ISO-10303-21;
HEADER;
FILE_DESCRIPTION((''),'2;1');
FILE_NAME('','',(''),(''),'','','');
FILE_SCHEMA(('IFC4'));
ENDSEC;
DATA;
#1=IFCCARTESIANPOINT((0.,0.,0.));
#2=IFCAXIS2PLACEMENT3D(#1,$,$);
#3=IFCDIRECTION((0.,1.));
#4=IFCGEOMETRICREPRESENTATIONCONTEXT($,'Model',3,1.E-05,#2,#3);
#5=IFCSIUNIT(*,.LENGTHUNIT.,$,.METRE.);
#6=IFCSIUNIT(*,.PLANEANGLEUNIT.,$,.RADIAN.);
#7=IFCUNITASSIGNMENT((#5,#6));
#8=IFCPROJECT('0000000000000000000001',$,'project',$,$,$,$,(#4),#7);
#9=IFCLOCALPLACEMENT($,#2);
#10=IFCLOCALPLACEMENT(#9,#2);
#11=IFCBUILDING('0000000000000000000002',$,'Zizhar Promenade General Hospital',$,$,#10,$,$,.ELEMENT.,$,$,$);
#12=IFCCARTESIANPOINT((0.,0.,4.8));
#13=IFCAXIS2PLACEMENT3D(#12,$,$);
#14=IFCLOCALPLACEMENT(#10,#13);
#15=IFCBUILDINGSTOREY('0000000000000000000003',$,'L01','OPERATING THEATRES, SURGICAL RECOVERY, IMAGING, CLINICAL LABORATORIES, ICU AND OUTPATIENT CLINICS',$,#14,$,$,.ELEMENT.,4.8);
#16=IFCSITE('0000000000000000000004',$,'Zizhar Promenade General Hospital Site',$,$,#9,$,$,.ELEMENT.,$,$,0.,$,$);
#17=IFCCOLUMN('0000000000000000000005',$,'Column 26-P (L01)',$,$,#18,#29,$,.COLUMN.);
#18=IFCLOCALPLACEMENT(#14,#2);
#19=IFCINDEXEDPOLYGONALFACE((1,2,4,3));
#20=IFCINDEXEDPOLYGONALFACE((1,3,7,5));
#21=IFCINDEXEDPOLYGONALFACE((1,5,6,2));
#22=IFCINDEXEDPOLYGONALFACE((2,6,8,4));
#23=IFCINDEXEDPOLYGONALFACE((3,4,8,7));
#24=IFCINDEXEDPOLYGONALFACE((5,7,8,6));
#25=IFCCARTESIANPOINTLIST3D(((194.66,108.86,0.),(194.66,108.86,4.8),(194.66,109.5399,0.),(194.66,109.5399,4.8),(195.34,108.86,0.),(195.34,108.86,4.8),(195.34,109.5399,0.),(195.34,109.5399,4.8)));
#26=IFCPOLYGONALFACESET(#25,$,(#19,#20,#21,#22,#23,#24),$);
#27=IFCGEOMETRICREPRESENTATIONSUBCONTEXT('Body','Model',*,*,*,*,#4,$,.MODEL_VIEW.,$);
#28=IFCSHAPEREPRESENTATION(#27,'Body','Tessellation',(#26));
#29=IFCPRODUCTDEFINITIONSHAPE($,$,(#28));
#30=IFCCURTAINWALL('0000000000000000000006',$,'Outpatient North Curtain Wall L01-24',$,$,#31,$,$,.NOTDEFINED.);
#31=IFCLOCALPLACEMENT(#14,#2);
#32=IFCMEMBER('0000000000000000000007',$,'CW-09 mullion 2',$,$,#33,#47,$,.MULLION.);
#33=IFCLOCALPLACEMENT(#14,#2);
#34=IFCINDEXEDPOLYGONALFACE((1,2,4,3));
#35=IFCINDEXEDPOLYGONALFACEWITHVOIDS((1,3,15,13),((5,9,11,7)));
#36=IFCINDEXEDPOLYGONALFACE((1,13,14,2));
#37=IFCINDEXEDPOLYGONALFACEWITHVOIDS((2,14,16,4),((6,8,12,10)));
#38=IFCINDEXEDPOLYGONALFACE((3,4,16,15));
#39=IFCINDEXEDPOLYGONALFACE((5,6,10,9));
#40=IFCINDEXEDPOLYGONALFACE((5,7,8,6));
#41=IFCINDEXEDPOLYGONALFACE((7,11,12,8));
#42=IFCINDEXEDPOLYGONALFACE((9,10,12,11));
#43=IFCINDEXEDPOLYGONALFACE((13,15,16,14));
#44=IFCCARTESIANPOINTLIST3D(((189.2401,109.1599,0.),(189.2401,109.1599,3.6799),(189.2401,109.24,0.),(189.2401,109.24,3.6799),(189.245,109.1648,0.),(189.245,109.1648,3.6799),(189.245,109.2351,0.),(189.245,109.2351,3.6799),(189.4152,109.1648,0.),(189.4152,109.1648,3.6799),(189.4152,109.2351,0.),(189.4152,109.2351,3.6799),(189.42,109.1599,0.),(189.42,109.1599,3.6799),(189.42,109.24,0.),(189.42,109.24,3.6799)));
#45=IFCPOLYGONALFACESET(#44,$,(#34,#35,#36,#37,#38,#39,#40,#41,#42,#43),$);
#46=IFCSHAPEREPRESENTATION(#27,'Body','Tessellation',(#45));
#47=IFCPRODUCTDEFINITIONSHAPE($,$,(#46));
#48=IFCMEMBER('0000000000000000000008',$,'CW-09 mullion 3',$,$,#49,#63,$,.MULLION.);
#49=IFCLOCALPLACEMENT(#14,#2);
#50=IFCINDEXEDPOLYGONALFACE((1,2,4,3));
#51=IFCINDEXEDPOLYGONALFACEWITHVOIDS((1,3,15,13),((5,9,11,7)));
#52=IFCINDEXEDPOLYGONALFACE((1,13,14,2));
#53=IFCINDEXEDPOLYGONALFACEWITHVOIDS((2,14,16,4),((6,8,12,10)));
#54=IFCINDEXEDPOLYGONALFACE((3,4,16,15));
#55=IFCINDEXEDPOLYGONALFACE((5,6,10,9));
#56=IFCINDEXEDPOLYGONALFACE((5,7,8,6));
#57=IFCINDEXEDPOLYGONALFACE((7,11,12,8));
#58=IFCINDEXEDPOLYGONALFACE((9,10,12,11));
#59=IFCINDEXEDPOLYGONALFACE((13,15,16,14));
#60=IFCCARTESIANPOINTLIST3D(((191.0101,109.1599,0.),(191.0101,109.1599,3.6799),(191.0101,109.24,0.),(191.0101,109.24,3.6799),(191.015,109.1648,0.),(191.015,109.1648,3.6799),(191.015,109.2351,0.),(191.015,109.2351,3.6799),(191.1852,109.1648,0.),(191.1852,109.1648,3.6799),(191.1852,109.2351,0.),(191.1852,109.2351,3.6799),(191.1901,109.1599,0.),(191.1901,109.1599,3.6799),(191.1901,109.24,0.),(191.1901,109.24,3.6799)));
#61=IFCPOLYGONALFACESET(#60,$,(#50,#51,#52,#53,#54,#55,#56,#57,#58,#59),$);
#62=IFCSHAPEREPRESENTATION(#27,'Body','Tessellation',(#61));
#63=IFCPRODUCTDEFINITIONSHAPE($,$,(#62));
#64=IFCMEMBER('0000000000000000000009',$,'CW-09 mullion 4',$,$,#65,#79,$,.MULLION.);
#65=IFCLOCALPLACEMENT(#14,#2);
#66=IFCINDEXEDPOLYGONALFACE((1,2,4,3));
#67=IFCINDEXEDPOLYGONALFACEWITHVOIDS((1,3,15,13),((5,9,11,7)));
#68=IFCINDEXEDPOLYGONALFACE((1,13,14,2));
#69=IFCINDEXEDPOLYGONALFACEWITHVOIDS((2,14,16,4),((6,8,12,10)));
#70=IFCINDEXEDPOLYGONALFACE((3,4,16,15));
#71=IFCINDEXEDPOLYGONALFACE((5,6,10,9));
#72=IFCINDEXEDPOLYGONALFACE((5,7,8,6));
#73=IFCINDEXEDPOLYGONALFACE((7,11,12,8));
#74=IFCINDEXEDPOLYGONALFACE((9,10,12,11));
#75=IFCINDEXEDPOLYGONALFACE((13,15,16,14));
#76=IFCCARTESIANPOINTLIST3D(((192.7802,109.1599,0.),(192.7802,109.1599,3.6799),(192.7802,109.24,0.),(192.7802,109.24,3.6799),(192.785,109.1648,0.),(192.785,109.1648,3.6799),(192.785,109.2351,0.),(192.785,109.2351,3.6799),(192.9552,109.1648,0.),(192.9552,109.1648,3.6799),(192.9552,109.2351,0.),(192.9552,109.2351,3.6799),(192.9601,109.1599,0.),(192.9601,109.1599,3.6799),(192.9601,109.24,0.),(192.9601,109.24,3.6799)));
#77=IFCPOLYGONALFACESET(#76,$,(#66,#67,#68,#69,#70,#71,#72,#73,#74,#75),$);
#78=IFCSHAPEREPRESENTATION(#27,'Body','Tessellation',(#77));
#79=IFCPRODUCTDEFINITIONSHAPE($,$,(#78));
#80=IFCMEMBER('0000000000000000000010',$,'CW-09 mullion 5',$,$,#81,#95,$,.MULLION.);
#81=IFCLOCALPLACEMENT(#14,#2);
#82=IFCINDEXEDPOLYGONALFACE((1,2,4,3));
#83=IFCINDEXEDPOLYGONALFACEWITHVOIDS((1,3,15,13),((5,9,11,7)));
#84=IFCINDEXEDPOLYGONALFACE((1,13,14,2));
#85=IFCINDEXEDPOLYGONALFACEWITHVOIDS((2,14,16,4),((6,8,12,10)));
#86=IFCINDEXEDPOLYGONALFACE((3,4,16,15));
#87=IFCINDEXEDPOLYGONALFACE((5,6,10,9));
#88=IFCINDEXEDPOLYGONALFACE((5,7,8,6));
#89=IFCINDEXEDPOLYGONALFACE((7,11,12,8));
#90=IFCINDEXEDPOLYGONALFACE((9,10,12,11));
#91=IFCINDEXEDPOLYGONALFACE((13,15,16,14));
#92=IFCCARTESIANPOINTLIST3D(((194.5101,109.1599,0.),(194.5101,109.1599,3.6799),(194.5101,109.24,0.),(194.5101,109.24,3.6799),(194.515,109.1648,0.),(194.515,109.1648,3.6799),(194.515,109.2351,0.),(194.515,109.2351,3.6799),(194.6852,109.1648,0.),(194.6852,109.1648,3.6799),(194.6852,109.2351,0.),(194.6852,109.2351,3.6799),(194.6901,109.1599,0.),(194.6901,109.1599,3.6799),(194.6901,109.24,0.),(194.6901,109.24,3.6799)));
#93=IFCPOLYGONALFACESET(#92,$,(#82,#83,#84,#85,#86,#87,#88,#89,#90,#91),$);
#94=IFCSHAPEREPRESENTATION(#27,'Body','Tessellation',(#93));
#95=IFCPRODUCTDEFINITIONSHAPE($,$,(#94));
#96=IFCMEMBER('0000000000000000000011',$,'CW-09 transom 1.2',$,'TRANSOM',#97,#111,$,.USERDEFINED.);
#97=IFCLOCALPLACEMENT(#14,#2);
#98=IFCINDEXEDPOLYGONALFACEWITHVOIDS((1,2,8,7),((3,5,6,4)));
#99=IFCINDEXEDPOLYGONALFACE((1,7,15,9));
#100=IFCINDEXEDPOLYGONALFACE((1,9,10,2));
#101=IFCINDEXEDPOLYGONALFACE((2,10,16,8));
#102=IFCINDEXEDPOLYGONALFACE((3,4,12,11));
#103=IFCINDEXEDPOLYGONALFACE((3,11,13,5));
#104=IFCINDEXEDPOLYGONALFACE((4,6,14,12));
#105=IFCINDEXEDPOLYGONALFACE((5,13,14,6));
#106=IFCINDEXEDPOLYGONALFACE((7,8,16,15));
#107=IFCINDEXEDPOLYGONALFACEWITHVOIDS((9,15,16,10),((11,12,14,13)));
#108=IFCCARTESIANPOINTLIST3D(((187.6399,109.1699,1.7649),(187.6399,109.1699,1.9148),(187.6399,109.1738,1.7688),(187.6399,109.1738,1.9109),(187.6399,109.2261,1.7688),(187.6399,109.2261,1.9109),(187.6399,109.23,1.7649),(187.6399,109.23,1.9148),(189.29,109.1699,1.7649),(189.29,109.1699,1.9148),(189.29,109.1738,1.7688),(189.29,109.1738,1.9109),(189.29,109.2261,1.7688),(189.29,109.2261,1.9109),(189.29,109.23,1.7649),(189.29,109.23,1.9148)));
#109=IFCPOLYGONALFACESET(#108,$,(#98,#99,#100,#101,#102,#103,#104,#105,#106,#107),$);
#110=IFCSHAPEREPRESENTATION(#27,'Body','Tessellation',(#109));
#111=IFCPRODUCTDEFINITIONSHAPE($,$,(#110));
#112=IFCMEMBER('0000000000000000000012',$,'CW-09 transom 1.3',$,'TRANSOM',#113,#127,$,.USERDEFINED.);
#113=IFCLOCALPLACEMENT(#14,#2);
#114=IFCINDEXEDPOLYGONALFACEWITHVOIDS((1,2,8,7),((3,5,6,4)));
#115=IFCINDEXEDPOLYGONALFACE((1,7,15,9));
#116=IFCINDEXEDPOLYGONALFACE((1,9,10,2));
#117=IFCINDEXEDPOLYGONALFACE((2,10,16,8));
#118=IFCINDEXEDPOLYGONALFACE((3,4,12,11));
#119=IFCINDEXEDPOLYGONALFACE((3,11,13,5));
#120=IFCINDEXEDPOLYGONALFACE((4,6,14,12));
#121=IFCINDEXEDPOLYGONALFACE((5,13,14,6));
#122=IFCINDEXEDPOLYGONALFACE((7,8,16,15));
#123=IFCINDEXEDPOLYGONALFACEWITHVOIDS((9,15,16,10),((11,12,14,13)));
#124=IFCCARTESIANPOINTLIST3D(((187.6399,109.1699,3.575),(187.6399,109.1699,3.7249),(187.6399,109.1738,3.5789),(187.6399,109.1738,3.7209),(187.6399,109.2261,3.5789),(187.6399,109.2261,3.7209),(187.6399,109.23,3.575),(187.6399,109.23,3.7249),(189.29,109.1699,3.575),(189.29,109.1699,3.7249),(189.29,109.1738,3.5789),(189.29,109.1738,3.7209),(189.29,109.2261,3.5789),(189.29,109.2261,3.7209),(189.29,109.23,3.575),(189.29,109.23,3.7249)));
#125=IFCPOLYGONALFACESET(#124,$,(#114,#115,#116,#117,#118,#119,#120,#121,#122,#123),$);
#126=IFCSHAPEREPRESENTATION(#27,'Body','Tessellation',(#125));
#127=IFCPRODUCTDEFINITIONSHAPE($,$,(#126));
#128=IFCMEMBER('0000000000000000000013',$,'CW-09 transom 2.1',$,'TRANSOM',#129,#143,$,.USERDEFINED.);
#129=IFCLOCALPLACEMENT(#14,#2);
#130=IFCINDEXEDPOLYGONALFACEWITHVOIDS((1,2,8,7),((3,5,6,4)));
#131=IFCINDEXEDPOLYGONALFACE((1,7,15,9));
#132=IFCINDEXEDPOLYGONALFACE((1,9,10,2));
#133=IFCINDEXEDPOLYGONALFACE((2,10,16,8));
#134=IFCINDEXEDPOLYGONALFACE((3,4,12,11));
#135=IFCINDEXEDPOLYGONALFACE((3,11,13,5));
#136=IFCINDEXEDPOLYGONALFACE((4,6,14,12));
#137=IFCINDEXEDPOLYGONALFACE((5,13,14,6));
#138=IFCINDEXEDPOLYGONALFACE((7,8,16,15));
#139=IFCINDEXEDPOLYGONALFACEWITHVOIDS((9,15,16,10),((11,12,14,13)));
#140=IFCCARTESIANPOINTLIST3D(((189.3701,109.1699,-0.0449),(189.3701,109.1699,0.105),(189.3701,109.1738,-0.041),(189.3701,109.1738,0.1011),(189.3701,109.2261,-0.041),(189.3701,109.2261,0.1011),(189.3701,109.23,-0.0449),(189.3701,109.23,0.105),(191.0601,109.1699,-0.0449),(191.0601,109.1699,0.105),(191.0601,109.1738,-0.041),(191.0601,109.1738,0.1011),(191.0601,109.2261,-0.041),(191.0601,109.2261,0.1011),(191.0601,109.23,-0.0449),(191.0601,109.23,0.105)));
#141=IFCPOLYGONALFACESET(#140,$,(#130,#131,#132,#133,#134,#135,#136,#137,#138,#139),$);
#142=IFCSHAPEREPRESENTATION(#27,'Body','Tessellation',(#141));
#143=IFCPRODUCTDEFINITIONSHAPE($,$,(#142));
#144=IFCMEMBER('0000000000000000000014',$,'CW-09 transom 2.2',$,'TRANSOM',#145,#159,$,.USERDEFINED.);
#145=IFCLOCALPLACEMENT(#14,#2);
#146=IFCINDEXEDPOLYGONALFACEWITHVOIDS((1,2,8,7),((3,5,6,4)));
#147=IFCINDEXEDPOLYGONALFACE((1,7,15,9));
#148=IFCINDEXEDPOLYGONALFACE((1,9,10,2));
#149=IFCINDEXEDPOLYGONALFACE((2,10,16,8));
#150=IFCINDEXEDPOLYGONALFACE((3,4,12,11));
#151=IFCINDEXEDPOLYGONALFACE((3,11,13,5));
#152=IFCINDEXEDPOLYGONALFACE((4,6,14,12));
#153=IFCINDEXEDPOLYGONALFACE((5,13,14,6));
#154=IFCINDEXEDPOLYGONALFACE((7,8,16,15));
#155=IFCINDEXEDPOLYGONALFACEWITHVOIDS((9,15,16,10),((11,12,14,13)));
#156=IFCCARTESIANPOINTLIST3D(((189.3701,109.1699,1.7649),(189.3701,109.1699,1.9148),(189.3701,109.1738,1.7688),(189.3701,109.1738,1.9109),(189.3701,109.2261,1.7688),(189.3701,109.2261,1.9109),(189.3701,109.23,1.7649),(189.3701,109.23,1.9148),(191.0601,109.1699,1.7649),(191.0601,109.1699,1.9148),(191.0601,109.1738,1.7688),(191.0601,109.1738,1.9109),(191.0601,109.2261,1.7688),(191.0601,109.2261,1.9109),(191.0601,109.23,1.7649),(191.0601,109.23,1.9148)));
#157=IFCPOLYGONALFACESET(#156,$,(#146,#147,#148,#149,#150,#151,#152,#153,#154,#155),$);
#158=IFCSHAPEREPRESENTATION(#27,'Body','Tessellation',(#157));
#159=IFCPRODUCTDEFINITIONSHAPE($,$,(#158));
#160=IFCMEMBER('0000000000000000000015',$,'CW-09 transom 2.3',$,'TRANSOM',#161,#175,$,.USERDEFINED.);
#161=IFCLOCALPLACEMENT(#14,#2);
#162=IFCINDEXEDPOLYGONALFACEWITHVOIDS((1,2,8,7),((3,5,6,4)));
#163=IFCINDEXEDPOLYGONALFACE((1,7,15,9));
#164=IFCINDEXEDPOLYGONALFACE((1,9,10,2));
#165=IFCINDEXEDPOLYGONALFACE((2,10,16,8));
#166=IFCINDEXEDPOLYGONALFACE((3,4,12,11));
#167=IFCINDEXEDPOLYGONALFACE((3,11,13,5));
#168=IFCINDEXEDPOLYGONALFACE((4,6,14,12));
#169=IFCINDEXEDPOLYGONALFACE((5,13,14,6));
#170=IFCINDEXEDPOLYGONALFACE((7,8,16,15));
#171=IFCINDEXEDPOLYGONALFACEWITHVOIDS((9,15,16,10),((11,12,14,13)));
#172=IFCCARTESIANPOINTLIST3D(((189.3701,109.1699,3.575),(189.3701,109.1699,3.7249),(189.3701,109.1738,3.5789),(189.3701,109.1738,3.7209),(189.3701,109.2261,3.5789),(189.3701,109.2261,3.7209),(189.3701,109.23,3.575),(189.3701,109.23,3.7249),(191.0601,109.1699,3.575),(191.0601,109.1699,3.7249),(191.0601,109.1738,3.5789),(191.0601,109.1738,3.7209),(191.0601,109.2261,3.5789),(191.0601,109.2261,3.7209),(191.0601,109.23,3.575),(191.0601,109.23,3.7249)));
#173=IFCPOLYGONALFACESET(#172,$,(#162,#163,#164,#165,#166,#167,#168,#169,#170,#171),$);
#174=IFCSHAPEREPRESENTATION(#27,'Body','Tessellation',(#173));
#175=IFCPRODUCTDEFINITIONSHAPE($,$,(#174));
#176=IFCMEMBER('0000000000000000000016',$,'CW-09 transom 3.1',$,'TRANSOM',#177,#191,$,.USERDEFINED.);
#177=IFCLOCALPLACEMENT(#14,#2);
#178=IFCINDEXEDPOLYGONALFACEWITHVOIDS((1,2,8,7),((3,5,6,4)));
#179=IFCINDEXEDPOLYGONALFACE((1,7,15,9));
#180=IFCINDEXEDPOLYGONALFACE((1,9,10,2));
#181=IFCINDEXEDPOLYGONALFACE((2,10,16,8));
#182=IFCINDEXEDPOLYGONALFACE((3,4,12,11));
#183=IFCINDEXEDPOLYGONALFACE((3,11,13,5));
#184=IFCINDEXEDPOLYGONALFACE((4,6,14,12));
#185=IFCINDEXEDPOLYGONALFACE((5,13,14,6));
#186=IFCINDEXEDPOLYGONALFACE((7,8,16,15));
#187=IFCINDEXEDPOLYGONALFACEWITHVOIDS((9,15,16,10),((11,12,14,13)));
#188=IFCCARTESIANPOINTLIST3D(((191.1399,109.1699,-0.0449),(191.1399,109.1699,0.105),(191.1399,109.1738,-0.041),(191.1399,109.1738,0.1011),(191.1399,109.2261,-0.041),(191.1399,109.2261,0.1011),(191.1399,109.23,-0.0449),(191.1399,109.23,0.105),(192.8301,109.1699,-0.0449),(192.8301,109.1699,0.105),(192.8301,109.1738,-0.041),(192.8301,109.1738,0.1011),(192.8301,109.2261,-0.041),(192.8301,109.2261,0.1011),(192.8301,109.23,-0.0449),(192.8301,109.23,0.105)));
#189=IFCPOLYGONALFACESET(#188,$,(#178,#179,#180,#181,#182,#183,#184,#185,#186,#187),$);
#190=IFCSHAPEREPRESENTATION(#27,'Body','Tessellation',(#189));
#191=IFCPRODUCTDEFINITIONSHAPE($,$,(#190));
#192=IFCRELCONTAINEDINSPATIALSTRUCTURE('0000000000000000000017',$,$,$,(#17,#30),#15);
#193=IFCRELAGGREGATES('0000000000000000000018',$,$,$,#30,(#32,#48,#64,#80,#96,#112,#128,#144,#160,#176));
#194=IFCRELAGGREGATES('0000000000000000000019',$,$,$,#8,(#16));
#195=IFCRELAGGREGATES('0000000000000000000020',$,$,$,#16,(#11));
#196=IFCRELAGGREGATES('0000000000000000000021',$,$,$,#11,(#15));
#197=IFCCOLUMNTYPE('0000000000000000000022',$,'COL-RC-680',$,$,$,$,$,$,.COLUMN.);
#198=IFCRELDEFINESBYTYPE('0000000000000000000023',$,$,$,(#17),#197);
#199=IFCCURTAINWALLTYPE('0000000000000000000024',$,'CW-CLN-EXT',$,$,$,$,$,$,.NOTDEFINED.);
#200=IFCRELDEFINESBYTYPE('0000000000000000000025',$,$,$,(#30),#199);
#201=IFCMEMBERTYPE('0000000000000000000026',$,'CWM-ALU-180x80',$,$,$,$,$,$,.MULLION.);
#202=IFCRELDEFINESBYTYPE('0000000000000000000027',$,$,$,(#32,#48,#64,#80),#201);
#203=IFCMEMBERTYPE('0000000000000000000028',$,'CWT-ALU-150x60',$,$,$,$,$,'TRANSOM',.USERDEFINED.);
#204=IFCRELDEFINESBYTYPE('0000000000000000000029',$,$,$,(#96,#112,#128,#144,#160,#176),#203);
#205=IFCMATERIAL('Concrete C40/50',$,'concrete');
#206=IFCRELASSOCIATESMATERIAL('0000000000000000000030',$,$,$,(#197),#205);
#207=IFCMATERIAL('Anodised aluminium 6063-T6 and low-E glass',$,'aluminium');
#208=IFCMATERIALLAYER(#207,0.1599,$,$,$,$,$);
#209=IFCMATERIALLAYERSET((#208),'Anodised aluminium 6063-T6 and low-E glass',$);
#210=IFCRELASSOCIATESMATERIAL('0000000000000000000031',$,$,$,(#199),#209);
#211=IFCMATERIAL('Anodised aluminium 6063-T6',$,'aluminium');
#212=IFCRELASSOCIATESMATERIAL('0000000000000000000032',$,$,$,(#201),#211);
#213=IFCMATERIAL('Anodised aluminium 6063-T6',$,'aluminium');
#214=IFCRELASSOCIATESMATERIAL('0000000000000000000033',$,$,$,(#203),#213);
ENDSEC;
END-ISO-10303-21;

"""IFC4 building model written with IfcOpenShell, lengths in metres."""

from ifc_helpers import new_model, si_unit, direction, frame, origin, origin_2d, place, context, subcontext, project, spatial, rectangle, hollow_rectangle, extrude, material, layer, layer_set, material_profile, profile_set, type_object, element, aggregate, save


model = new_model("IFC4")

# Units and contexts
model_context = context("Model", 3, precision=1e-05, world=origin(), true_north=direction((0.0, 1.0)))
body_context = subcontext(model_context, "Body", "Model", "MODEL_VIEW")
ifc_project = project(units=[si_unit("LENGTHUNIT", "METRE"), si_unit("PLANEANGLEUNIT", "RADIAN")], contexts=[model_context])

# Site, building, storey
site_placement = place(None, origin())
site = spatial("IfcSite", under=ifc_project, at=site_placement, Name="Zizhar Promenade General Hospital Site", CompositionType="ELEMENT", RefElevation=0.0)
building_placement = place(site_placement, origin())
building = spatial("IfcBuilding", under=site, at=building_placement, Name="Zizhar Promenade General Hospital", CompositionType="ELEMENT")
storey_placement = place(building_placement, frame((0.0, 0.0, 4.8)))
storey = spatial("IfcBuildingStorey", under=building, at=storey_placement, Name="L01", Description="OPERATING THEATRES, SURGICAL RECOVERY, IMAGING, CLINICAL LABORATORIES, ICU AND OUTPATIENT CLINICS", CompositionType="ELEMENT", Elevation=4.8)

# Column
ifc_material_1 = material(Name="Concrete C40/50", Category="concrete")
ifc_material_profile_1 = material_profile(ifc_material_1, rectangle(XDim=0.6799, YDim=0.6799, at=origin_2d()))
ifc_profile_set_1 = profile_set([ifc_material_profile_1], Name="Concrete C40/50")
column_type = type_object("IfcColumnType", Name="COL-RC-680", PredefinedType="COLUMN", material=ifc_profile_set_1)
column_placement = place(storey_placement, frame((195.0, 109.2, 0.0), z_axis=(0.0, 0.0, 1.0), x_axis=(1.0, 0.0, 0.0)))
element("IfcColumn", 1, at=column_placement, inside=storey, type_object=column_type, Name="Column 26-P (L01)", PredefinedType="COLUMN", context=body_context, shape_type="SweptSolid", body=[
    extrude(rectangle(XDim=0.6799, YDim=0.6799, at=origin_2d()), origin(), (0.0, 0.0, 1.0), 4.8),
])

# Curtain wall, members
ifc_material_2 = material(Name="Anodised aluminium 6063-T6 and low-E glass", Category="aluminium")
ifc_layer_1 = layer(ifc_material_2, 0.1599)
ifc_layer_set_1 = layer_set([ifc_layer_1], Name="Anodised aluminium 6063-T6 and low-E glass")
curtain_wall_type = type_object("IfcCurtainWallType", Name="CW-CLN-EXT", PredefinedType="NOTDEFINED", material=ifc_layer_set_1)
curtain_wall_placement = place(storey_placement, origin())
curtain_wall = element("IfcCurtainWall", 2, at=curtain_wall_placement, inside=storey, type_object=curtain_wall_type, Name="Outpatient North Curtain Wall L01-24", PredefinedType="NOTDEFINED")
ifc_material_3 = material(Name="Anodised aluminium 6063-T6", Category="aluminium")
ifc_material_profile_2 = material_profile(ifc_material_3, hollow_rectangle(XDim=0.0801, YDim=0.1799, WallThickness=0.0049, at=origin_2d()))
ifc_profile_set_2 = profile_set([ifc_material_profile_2], Name="Anodised aluminium 6063-T6")
member_type_1 = type_object("IfcMemberType", Name="CWM-ALU-180x80", PredefinedType="MULLION", material=ifc_profile_set_2)
member_1_placement = place(storey_placement, frame((189.3301, 109.2, 0.0), z_axis=(0.0, 0.0, 1.0), x_axis=(0.0, 1.0, 0.0)))
member_1 = element("IfcMember", 3, at=member_1_placement, type_object=member_type_1, Name="CW-09 mullion 2", PredefinedType="MULLION", context=body_context, shape_type="SweptSolid", body=[
    extrude(hollow_rectangle(XDim=0.0801, YDim=0.1799, WallThickness=0.0049, at=origin_2d()), origin(), (0.0, 0.0, 1.0), 3.6799),
])
member_2_placement = place(storey_placement, frame((191.1001, 109.2, 0.0), z_axis=(0.0, 0.0, 1.0), x_axis=(0.0, 1.0, 0.0)))
member_2 = element("IfcMember", 4, at=member_2_placement, type_object=member_type_1, Name="CW-09 mullion 3", PredefinedType="MULLION", context=body_context, shape_type="SweptSolid", body=[
    extrude(hollow_rectangle(XDim=0.0801, YDim=0.1799, WallThickness=0.0049, at=origin_2d()), origin(), (0.0, 0.0, 1.0), 3.6799),
])
member_3_placement = place(storey_placement, frame((192.8701, 109.2, 0.0), z_axis=(0.0, 0.0, 1.0), x_axis=(0.0, 1.0, 0.0)))
member_3 = element("IfcMember", 5, at=member_3_placement, type_object=member_type_1, Name="CW-09 mullion 4", PredefinedType="MULLION", context=body_context, shape_type="SweptSolid", body=[
    extrude(hollow_rectangle(XDim=0.0801, YDim=0.1799, WallThickness=0.0049, at=origin_2d()), origin(), (0.0, 0.0, 1.0), 3.6799),
])
member_4_placement = place(storey_placement, frame((194.6001, 109.2, 0.0), z_axis=(0.0, 0.0, 1.0), x_axis=(0.0, 1.0, 0.0)))
member_4 = element("IfcMember", 6, at=member_4_placement, type_object=member_type_1, Name="CW-09 mullion 5", PredefinedType="MULLION", context=body_context, shape_type="SweptSolid", body=[
    extrude(hollow_rectangle(XDim=0.0801, YDim=0.1799, WallThickness=0.0049, at=origin_2d()), origin(), (0.0, 0.0, 1.0), 3.6799),
])
ifc_material_4 = material(Name="Anodised aluminium 6063-T6", Category="aluminium")
ifc_material_profile_3 = material_profile(ifc_material_4, hollow_rectangle(XDim=0.0601, YDim=0.1499, WallThickness=0.0039, at=origin_2d()))
ifc_profile_set_3 = profile_set([ifc_material_profile_3], Name="Anodised aluminium 6063-T6")
member_type_2 = type_object("IfcMemberType", Name="CWT-ALU-150x60", ElementType="TRANSOM", PredefinedType="USERDEFINED", material=ifc_profile_set_3)
member_5_placement = place(storey_placement, frame((187.6399, 109.2, 1.8398), z_axis=(1.0, 0.0, 0.0), x_axis=(0.0, 1.0, 0.0)))
member_5 = element("IfcMember", 7, at=member_5_placement, type_object=member_type_2, Name="CW-09 transom 1.2", ObjectType="TRANSOM", PredefinedType="USERDEFINED", context=body_context, shape_type="SweptSolid", body=[
    extrude(hollow_rectangle(XDim=0.0601, YDim=0.1499, WallThickness=0.0039, at=origin_2d()), origin(), (0.0, 0.0, 1.0), 1.6501),
])
member_6_placement = place(storey_placement, frame((187.6399, 109.2, 3.6499), z_axis=(1.0, 0.0, 0.0), x_axis=(0.0, 1.0, 0.0)))
member_6 = element("IfcMember", 8, at=member_6_placement, type_object=member_type_2, Name="CW-09 transom 1.3", ObjectType="TRANSOM", PredefinedType="USERDEFINED", context=body_context, shape_type="SweptSolid", body=[
    extrude(hollow_rectangle(XDim=0.0601, YDim=0.1499, WallThickness=0.0039, at=origin_2d()), origin(), (0.0, 0.0, 1.0), 1.6501),
])
member_7_placement = place(storey_placement, frame((189.3701, 109.2, 0.03), z_axis=(1.0, 0.0, 0.0), x_axis=(0.0, 1.0, 0.0)))
member_7 = element("IfcMember", 9, at=member_7_placement, type_object=member_type_2, Name="CW-09 transom 2.1", ObjectType="TRANSOM", PredefinedType="USERDEFINED", context=body_context, shape_type="SweptSolid", body=[
    extrude(hollow_rectangle(XDim=0.0601, YDim=0.1499, WallThickness=0.0039, at=origin_2d()), origin(), (0.0, 0.0, 1.0), 1.6899),
])
member_8_placement = place(storey_placement, frame((189.3701, 109.2, 1.8398), z_axis=(1.0, 0.0, 0.0), x_axis=(0.0, 1.0, 0.0)))
member_8 = element("IfcMember", 10, at=member_8_placement, type_object=member_type_2, Name="CW-09 transom 2.2", ObjectType="TRANSOM", PredefinedType="USERDEFINED", context=body_context, shape_type="SweptSolid", body=[
    extrude(hollow_rectangle(XDim=0.0601, YDim=0.1499, WallThickness=0.0039, at=origin_2d()), origin(), (0.0, 0.0, 1.0), 1.6899),
])
member_9_placement = place(storey_placement, frame((189.3701, 109.2, 3.6499), z_axis=(1.0, 0.0, 0.0), x_axis=(0.0, 1.0, 0.0)))
member_9 = element("IfcMember", 11, at=member_9_placement, type_object=member_type_2, Name="CW-09 transom 2.3", ObjectType="TRANSOM", PredefinedType="USERDEFINED", context=body_context, shape_type="SweptSolid", body=[
    extrude(hollow_rectangle(XDim=0.0601, YDim=0.1499, WallThickness=0.0039, at=origin_2d()), origin(), (0.0, 0.0, 1.0), 1.6899),
])
member_10_placement = place(storey_placement, frame((191.1399, 109.2, 0.03), z_axis=(1.0, 0.0, 0.0), x_axis=(0.0, 1.0, 0.0)))
member_10 = element("IfcMember", 12, at=member_10_placement, type_object=member_type_2, Name="CW-09 transom 3.1", ObjectType="TRANSOM", PredefinedType="USERDEFINED", context=body_context, shape_type="SweptSolid", body=[
    extrude(hollow_rectangle(XDim=0.0601, YDim=0.1499, WallThickness=0.0039, at=origin_2d()), origin(), (0.0, 0.0, 1.0), 1.6902),
])
aggregate(curtain_wall, [member_1, member_2, member_3, member_4, member_5, member_6, member_7, member_8, member_9, member_10])

save(model, "model.ifc")
